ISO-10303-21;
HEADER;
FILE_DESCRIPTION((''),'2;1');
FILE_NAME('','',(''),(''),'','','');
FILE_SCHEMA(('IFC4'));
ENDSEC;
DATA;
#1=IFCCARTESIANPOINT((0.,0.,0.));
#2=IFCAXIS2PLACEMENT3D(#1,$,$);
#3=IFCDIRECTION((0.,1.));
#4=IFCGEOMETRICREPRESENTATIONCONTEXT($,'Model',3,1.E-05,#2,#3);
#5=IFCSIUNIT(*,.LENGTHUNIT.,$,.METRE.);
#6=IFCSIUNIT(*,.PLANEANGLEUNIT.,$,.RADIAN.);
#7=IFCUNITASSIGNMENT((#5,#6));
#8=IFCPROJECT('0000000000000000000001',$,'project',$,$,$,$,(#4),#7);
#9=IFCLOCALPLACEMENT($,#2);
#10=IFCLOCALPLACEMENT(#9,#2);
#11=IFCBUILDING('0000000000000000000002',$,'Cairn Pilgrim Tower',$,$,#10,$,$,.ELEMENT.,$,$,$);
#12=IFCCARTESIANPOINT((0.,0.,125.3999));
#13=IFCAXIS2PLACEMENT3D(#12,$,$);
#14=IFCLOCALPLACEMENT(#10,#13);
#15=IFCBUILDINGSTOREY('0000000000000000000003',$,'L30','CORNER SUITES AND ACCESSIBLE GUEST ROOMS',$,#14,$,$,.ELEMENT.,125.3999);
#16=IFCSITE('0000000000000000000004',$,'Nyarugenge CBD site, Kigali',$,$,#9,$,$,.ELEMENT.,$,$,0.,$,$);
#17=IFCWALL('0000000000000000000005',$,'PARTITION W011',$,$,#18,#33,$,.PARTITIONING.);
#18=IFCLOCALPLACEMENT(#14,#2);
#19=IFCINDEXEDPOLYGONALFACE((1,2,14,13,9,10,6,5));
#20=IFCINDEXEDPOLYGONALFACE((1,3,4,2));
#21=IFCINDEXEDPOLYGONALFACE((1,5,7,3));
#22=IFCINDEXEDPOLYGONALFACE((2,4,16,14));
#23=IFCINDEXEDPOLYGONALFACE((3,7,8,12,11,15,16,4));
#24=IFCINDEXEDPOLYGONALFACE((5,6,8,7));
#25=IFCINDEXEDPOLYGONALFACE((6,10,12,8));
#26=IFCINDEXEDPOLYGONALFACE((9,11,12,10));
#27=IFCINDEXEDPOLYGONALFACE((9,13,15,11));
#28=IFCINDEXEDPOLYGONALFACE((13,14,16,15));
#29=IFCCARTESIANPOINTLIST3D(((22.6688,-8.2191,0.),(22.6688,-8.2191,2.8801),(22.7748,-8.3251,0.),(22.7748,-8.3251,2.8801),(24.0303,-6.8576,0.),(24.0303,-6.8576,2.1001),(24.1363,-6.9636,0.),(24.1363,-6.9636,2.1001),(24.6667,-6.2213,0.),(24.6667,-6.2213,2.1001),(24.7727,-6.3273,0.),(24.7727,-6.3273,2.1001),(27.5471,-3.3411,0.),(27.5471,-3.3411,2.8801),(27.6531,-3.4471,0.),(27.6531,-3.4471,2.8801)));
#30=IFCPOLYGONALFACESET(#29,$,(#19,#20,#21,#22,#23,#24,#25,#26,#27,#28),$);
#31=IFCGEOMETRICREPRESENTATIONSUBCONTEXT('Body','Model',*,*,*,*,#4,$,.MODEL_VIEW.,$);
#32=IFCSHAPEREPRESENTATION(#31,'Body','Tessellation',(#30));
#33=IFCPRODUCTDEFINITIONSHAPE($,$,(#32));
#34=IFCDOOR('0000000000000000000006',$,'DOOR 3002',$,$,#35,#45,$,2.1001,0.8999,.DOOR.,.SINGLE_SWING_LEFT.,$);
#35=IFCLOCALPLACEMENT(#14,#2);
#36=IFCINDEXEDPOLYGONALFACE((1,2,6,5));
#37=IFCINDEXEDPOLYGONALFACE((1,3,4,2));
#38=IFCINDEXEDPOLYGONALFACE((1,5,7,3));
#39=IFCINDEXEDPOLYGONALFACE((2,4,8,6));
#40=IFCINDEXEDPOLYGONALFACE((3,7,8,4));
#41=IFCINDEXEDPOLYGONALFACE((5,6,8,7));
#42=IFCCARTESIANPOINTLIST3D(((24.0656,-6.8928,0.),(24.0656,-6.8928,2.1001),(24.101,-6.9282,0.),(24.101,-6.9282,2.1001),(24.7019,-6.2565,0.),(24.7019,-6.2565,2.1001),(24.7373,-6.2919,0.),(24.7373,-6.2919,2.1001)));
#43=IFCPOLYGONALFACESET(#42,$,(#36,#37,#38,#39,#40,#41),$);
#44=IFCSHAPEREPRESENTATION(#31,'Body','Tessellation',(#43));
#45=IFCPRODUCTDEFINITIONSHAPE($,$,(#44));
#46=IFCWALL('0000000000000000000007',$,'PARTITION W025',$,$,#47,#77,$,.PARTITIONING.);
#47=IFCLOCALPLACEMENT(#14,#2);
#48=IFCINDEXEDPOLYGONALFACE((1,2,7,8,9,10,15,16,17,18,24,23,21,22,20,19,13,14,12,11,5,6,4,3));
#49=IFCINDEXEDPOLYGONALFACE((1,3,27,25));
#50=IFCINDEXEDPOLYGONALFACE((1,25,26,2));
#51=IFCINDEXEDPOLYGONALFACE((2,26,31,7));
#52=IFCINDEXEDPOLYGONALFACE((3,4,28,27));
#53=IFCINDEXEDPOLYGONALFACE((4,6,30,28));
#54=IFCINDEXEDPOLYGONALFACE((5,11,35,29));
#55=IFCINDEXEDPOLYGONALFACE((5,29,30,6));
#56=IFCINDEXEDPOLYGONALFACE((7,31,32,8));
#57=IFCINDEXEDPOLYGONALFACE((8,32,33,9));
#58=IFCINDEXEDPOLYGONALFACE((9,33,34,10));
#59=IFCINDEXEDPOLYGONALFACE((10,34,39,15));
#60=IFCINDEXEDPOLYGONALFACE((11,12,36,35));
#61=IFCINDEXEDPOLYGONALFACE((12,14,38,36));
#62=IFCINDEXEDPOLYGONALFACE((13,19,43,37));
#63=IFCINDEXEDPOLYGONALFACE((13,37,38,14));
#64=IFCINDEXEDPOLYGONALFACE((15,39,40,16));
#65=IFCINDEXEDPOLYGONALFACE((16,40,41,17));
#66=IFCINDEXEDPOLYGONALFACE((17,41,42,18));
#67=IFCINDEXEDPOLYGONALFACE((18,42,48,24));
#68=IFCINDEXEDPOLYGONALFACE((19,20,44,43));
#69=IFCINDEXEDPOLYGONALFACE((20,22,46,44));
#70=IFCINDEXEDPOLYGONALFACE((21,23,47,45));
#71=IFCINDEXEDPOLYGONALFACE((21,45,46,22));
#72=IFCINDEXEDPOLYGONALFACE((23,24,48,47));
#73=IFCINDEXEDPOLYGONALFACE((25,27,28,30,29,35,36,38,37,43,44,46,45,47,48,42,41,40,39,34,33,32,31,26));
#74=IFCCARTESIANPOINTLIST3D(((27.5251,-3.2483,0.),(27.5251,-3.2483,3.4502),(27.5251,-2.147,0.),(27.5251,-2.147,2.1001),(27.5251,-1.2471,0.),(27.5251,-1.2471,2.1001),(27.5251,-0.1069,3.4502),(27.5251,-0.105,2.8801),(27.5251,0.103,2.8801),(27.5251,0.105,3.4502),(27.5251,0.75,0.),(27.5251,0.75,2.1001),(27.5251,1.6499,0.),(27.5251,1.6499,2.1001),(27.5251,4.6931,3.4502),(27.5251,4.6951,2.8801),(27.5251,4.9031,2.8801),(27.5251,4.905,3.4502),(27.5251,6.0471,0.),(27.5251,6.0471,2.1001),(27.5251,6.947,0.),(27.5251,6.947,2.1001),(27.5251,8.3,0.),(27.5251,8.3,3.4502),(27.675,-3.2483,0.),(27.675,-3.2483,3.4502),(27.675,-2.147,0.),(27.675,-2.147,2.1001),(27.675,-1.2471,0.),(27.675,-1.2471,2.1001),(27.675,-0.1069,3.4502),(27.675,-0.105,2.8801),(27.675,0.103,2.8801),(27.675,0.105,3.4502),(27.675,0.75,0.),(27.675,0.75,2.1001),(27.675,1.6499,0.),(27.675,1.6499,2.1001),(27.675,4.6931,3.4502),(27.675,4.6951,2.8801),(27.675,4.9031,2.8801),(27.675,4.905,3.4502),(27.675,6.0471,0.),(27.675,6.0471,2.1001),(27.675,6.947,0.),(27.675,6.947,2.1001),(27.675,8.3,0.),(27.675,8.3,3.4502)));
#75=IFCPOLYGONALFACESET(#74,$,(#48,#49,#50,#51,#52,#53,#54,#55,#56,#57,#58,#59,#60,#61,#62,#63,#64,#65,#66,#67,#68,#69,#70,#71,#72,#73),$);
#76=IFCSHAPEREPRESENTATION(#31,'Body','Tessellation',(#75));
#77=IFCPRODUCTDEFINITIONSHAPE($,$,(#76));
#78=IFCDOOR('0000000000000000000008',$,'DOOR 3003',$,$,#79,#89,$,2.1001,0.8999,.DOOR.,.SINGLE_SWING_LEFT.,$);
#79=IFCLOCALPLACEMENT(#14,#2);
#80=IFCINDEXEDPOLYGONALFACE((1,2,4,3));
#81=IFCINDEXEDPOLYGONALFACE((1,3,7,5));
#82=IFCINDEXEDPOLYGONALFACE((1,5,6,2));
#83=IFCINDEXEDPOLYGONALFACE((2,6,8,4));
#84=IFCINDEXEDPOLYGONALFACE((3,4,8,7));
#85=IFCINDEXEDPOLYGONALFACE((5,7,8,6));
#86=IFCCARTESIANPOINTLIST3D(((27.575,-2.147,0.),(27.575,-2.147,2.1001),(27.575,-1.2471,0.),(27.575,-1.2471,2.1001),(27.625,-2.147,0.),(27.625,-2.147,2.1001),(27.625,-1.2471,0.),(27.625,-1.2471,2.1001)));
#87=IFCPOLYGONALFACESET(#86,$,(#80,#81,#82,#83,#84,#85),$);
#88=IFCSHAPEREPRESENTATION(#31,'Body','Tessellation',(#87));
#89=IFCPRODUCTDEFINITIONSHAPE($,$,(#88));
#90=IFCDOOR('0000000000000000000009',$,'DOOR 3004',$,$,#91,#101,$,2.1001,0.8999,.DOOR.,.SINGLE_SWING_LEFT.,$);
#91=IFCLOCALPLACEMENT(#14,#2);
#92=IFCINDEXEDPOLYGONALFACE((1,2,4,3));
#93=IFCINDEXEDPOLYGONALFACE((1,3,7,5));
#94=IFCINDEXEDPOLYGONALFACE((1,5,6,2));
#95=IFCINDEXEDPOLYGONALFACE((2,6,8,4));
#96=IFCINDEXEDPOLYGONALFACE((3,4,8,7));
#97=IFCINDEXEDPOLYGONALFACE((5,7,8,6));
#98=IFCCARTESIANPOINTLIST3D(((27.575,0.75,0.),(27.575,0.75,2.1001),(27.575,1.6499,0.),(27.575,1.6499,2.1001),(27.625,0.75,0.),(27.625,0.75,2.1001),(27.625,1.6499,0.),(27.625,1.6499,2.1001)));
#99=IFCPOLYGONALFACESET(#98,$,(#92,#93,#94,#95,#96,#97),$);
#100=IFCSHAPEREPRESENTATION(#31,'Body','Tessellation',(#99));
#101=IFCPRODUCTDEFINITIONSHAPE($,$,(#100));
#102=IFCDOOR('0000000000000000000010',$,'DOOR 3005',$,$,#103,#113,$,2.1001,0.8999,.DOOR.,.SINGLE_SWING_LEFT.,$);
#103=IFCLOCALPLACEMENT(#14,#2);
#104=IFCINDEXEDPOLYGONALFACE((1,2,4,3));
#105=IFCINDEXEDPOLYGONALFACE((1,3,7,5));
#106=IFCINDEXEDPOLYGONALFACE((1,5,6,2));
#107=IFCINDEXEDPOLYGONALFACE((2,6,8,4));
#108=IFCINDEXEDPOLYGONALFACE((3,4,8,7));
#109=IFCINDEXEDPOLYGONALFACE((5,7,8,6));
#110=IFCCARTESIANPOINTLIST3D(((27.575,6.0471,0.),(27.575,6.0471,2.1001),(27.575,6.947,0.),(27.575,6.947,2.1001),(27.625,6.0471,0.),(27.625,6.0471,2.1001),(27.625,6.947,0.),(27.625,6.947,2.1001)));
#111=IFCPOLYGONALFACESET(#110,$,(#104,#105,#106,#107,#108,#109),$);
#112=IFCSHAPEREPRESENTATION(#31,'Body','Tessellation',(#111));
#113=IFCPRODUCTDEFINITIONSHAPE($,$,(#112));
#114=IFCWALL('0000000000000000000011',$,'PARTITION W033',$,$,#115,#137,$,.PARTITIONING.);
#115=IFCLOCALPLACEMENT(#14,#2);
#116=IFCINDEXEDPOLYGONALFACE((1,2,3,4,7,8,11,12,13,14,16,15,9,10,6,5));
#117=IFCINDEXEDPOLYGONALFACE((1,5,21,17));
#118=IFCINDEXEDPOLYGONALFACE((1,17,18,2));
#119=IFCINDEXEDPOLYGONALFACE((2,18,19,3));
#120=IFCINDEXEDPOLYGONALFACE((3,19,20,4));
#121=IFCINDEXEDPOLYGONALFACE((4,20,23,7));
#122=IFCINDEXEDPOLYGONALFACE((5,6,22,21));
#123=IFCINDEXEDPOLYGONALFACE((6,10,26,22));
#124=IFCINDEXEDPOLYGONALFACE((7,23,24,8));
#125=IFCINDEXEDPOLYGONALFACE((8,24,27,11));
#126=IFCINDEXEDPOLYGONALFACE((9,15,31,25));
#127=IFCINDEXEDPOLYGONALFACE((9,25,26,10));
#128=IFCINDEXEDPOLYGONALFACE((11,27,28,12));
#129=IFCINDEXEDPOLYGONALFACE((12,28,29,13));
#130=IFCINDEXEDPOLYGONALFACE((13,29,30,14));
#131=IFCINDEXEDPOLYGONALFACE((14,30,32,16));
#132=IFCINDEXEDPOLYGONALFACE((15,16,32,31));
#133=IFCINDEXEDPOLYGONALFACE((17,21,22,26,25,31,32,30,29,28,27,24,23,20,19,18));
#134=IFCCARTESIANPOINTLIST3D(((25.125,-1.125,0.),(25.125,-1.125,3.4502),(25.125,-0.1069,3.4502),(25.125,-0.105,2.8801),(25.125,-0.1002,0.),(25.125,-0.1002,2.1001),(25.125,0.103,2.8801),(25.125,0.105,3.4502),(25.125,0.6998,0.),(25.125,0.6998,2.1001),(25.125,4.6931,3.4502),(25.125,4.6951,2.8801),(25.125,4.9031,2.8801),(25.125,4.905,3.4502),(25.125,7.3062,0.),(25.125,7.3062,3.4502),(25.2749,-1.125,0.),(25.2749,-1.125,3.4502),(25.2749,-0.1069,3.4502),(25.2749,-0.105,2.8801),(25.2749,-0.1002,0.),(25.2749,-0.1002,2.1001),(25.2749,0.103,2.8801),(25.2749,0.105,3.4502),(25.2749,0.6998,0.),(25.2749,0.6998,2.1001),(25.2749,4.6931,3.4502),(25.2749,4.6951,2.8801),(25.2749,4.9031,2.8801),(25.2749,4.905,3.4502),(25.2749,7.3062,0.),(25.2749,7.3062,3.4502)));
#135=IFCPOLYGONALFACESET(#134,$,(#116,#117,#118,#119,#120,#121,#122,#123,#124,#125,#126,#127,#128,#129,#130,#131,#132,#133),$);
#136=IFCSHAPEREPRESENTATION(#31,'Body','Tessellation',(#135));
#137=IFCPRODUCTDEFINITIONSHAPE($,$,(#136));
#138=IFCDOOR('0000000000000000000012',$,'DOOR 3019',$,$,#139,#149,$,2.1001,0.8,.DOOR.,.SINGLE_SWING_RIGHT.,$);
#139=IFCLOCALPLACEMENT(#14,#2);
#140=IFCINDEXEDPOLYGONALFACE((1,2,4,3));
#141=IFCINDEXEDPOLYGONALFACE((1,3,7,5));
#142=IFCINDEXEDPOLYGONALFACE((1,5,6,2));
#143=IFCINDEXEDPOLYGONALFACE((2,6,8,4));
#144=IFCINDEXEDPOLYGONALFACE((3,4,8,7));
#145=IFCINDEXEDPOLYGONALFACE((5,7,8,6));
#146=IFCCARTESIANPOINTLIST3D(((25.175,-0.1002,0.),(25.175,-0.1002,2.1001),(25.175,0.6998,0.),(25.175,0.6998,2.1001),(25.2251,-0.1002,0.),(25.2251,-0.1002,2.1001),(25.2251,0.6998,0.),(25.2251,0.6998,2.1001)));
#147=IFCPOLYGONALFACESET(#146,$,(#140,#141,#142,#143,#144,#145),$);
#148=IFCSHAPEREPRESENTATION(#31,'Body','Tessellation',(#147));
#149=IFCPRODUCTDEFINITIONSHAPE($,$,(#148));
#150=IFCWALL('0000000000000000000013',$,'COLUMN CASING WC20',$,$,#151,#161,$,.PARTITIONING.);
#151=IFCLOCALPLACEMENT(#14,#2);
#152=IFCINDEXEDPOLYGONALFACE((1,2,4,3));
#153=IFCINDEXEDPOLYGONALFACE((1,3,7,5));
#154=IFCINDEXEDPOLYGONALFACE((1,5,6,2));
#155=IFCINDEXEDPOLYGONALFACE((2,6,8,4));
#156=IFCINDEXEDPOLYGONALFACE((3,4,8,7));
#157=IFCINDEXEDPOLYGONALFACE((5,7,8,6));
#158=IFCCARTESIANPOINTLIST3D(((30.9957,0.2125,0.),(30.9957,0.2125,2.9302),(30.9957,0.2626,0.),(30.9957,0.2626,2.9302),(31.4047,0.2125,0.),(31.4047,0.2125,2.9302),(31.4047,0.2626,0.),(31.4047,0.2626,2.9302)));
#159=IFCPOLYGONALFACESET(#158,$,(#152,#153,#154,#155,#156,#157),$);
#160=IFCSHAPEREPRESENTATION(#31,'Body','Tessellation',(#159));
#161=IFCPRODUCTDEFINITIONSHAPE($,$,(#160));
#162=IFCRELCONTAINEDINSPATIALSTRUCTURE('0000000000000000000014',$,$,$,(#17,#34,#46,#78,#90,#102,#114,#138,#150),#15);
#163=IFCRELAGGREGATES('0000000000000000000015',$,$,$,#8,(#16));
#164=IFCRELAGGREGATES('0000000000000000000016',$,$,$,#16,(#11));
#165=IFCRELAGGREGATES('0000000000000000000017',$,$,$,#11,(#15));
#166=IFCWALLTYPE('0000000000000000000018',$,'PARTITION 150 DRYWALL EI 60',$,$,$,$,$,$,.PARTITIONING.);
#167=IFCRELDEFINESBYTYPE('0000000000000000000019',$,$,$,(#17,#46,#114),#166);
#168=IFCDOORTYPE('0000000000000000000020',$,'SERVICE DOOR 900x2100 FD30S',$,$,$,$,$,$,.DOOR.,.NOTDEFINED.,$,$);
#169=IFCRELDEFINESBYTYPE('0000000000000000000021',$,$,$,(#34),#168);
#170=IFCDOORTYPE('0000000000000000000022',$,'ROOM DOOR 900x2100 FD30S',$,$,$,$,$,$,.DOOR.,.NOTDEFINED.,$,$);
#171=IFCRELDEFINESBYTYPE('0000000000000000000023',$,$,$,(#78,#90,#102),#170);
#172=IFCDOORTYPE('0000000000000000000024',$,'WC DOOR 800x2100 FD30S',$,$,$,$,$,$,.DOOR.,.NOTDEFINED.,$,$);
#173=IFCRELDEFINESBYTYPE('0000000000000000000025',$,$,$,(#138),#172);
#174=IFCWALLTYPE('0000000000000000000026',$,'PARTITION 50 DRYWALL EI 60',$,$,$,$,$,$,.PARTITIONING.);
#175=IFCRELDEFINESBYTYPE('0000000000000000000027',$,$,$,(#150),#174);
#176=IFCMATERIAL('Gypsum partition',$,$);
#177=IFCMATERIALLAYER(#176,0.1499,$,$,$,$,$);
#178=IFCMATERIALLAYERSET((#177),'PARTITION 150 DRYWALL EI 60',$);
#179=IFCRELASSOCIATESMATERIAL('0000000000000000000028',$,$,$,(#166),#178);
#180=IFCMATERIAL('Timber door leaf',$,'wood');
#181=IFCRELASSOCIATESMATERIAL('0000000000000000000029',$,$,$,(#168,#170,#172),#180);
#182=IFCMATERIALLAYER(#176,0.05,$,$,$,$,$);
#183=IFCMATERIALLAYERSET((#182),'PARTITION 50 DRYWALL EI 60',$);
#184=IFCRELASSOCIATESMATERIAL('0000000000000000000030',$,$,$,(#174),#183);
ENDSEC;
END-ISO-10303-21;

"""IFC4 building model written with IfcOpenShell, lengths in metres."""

from ifc_helpers import new_model, si_unit, direction, frame, frame_2d, origin, place, context, subcontext, project, spatial, polyline, rectangle, outline, extrude, material, layer, layer_set, type_object, element, fill, save


model = new_model("IFC4")

# Units and contexts
model_context = context("Model", 3, precision=1e-05, world=origin(), true_north=direction((0.0, 1.0)))
body_context = subcontext(model_context, "Body", "Model", "MODEL_VIEW")
ifc_project = project(units=[si_unit("LENGTHUNIT", "METRE"), si_unit("PLANEANGLEUNIT", "RADIAN")], contexts=[model_context])

# Site, building, storey
site_placement = place(None, origin())
site = spatial("IfcSite", under=ifc_project, at=site_placement, Name="Nyarugenge CBD site, Kigali", CompositionType="ELEMENT", RefElevation=0.0)
building_placement = place(site_placement, origin())
building = spatial("IfcBuilding", under=site, at=building_placement, Name="Cairn Pilgrim Tower", CompositionType="ELEMENT")
storey_placement = place(building_placement, frame((0.0, 0.0, 125.3999)))
storey = spatial("IfcBuildingStorey", under=building, at=storey_placement, Name="L30", Description="CORNER SUITES AND ACCESSIBLE GUEST ROOMS", CompositionType="ELEMENT", Elevation=125.3999)

# Shared definitions
ifc_material_1 = material(Name="Gypsum partition")
ifc_material_2 = material(Name="Timber door leaf", Category="wood")

# Wall, opening, door
ifc_layer_1 = layer(ifc_material_1, 0.1499)
ifc_layer_set_1 = layer_set([ifc_layer_1], Name="PARTITION 150 DRYWALL EI 60")
wall_type_1 = type_object("IfcWallType", Name="PARTITION 150 DRYWALL EI 60", PredefinedType="PARTITIONING", material=ifc_layer_set_1)
wall_1_placement = place(storey_placement, frame((22.7219, -8.272, 0.0), z_axis=(0.0, 0.0, 1.0), x_axis=(0.707124, 0.707089, 0.0)))
wall_1 = element("IfcWall", 1, at=wall_1_placement, inside=storey, type_object=wall_type_1, Name="PARTITION W011", PredefinedType="PARTITIONING", context=body_context, shape_type="SweptSolid", body=[
    extrude(rectangle(XDim=6.8987, YDim=0.1499, at=frame_2d((3.4492, 0.0))), origin(), (0.0, 0.0, 1.0), 2.8801),
])
opening_1_placement = place(wall_1_placement, frame((1.9253, 0.0, 0.0)))
opening_1 = element("IfcOpeningElement", 2, at=opening_1_placement, cuts=wall_1, PredefinedType="OPENING", context=body_context, shape_type="SweptSolid", body=[
    extrude(rectangle(XDim=0.8999, YDim=2.1001, at=frame_2d((0.45, 1.05))), frame((0.0, 0.085, 0.0), z_axis=(0.0, -1.0, 0.0), x_axis=(1.0, 0.0, 0.0)), (0.0, 0.0, 1.0), 0.1699),
])
door_type_1 = type_object("IfcDoorType", Name="SERVICE DOOR 900x2100 FD30S", OperationType="NOTDEFINED", PredefinedType="DOOR", material=ifc_material_2)
door_1_placement = place(opening_1_placement, frame((0.8999, 0.0, 0.0), z_axis=(0.0, 0.0, 1.0), x_axis=(-1.0, 0.0, 0.0)))
door_1 = element("IfcDoor", 3, at=door_1_placement, inside=storey, type_object=door_type_1, Name="DOOR 3002", OperationType="SINGLE_SWING_LEFT", OverallHeight=2.1001, OverallWidth=0.8999, PredefinedType="DOOR", context=body_context, shape_type="SweptSolid", body=[
    extrude(rectangle(XDim=0.8999, YDim=2.1001, at=frame_2d((0.45, 1.05))), frame((0.0, 0.0249, 0.0), z_axis=(0.0, -1.0, 0.0), x_axis=(1.0, 0.0, 0.0)), (0.0, 0.0, 1.0), 0.05),
])
fill(opening_1, door_1)

# Wall, openings, doors
wall_2_placement = place(storey_placement, frame((27.6001, -3.2483, 0.0), z_axis=(0.0, 0.0, 1.0), x_axis=(0.0, 1.0, 0.0)))
wall_2 = element("IfcWall", 4, at=wall_2_placement, inside=storey, type_object=wall_type_1, Name="PARTITION W025", PredefinedType="PARTITIONING", context=body_context, shape_type="SweptSolid", body=[
    extrude(outline(polyline([(0.0, 0.0), (11.5483, 0.0), (11.5483, 3.4502), (8.1533, 3.4502), (8.1514, 2.8801), (7.9434, 2.8801), (7.9414, 3.4502), (3.3533, 3.4502), (3.3513, 2.8801), (3.1433, 2.8801), (3.1414, 3.4502), (0.0, 3.4502), (0.0, 0.0)])), frame((0.0, 0.075, 0.0), z_axis=(0.0, -1.0, 0.0), x_axis=(1.0, 0.0, 0.0)), (0.0, 0.0, 1.0), 0.1499),
])
opening_2_placement = place(wall_2_placement, frame((1.1013, 0.0, 0.0)))
opening_2 = element("IfcOpeningElement", 5, at=opening_2_placement, cuts=wall_2, PredefinedType="OPENING", context=body_context, shape_type="SweptSolid", body=[
    extrude(rectangle(XDim=0.8999, YDim=2.1001, at=frame_2d((0.45, 1.05))), frame((0.0, 0.085, 0.0), z_axis=(0.0, -1.0, 0.0), x_axis=(1.0, 0.0, 0.0)), (0.0, 0.0, 1.0), 0.1699),
])
opening_3_placement = place(wall_2_placement, frame((3.9983, 0.0, 0.0)))
opening_3 = element("IfcOpeningElement", 6, at=opening_3_placement, cuts=wall_2, PredefinedType="OPENING", context=body_context, shape_type="SweptSolid", body=[
    extrude(rectangle(XDim=0.8999, YDim=2.1001, at=frame_2d((0.45, 1.05))), frame((0.0, 0.085, 0.0), z_axis=(0.0, -1.0, 0.0), x_axis=(1.0, 0.0, 0.0)), (0.0, 0.0, 1.0), 0.1699),
])
opening_4_placement = place(wall_2_placement, frame((9.2954, 0.0, 0.0)))
opening_4 = element("IfcOpeningElement", 7, at=opening_4_placement, cuts=wall_2, PredefinedType="OPENING", context=body_context, shape_type="SweptSolid", body=[
    extrude(rectangle(XDim=0.8999, YDim=2.1001, at=frame_2d((0.45, 1.05))), frame((0.0, 0.085, 0.0), z_axis=(0.0, -1.0, 0.0), x_axis=(1.0, 0.0, 0.0)), (0.0, 0.0, 1.0), 0.1699),
])
door_type_2 = type_object("IfcDoorType", Name="ROOM DOOR 900x2100 FD30S", OperationType="NOTDEFINED", PredefinedType="DOOR", material=ifc_material_2)
door_2_placement = place(opening_2_placement, frame((0.8999, 0.0, 0.0), z_axis=(0.0, 0.0, 1.0), x_axis=(-1.0, 0.0, 0.0)))
door_2 = element("IfcDoor", 8, at=door_2_placement, inside=storey, type_object=door_type_2, Name="DOOR 3003", OperationType="SINGLE_SWING_LEFT", OverallHeight=2.1001, OverallWidth=0.8999, PredefinedType="DOOR", context=body_context, shape_type="SweptSolid", body=[
    extrude(rectangle(XDim=0.8999, YDim=2.1001, at=frame_2d((0.45, 1.05))), frame((0.0, 0.0249, 0.0), z_axis=(0.0, -1.0, 0.0), x_axis=(1.0, 0.0, 0.0)), (0.0, 0.0, 1.0), 0.05),
])
fill(opening_2, door_2)
door_3_placement = place(opening_3_placement, frame((0.8999, 0.0, 0.0), z_axis=(0.0, 0.0, 1.0), x_axis=(-1.0, 0.0, 0.0)))
door_3 = element("IfcDoor", 9, at=door_3_placement, inside=storey, type_object=door_type_2, Name="DOOR 3004", OperationType="SINGLE_SWING_LEFT", OverallHeight=2.1001, OverallWidth=0.8999, PredefinedType="DOOR", context=body_context, shape_type="SweptSolid", body=[
    extrude(rectangle(XDim=0.8999, YDim=2.1001, at=frame_2d((0.45, 1.05))), frame((0.0, 0.0249, 0.0), z_axis=(0.0, -1.0, 0.0), x_axis=(1.0, 0.0, 0.0)), (0.0, 0.0, 1.0), 0.05),
])
fill(opening_3, door_3)
door_4_placement = place(opening_4_placement, frame((0.8999, 0.0, 0.0), z_axis=(0.0, 0.0, 1.0), x_axis=(-1.0, 0.0, 0.0)))
door_4 = element("IfcDoor", 10, at=door_4_placement, inside=storey, type_object=door_type_2, Name="DOOR 3005", OperationType="SINGLE_SWING_LEFT", OverallHeight=2.1001, OverallWidth=0.8999, PredefinedType="DOOR", context=body_context, shape_type="SweptSolid", body=[
    extrude(rectangle(XDim=0.8999, YDim=2.1001, at=frame_2d((0.45, 1.05))), frame((0.0, 0.0249, 0.0), z_axis=(0.0, -1.0, 0.0), x_axis=(1.0, 0.0, 0.0)), (0.0, 0.0, 1.0), 0.05),
])
fill(opening_4, door_4)

# Wall, opening, door
wall_3_placement = place(storey_placement, frame((25.2, -1.125, 0.0), z_axis=(0.0, 0.0, 1.0), x_axis=(0.0, 1.0, 0.0)))
wall_3 = element("IfcWall", 11, at=wall_3_placement, inside=storey, type_object=wall_type_1, Name="PARTITION W033", PredefinedType="PARTITIONING", context=body_context, shape_type="SweptSolid", body=[
    extrude(outline(polyline([(0.0, 0.0), (8.4312, 0.0), (8.4312, 3.4502), (6.03, 3.4502), (6.0281, 2.8801), (5.8201, 2.8801), (5.8181, 3.4502), (1.23, 3.4502), (1.228, 2.8801), (1.02, 2.8801), (1.0181, 3.4502), (0.0, 3.4502), (0.0, 0.0)])), frame((0.0, 0.075, 0.0), z_axis=(0.0, -1.0, 0.0), x_axis=(1.0, 0.0, 0.0)), (0.0, 0.0, 1.0), 0.1499),
])
opening_5_placement = place(wall_3_placement, frame((1.0249, 0.0, 0.0)))
opening_5 = element("IfcOpeningElement", 12, at=opening_5_placement, cuts=wall_3, PredefinedType="OPENING", context=body_context, shape_type="SweptSolid", body=[
    extrude(rectangle(XDim=0.8, YDim=2.1001, at=frame_2d((0.3999, 1.05))), frame((0.0, 0.085, 0.0), z_axis=(0.0, -1.0, 0.0), x_axis=(1.0, 0.0, 0.0)), (0.0, 0.0, 1.0), 0.1699),
])
door_type_3 = type_object("IfcDoorType", Name="WC DOOR 800x2100 FD30S", OperationType="NOTDEFINED", PredefinedType="DOOR", material=ifc_material_2)
door_5_placement = place(opening_5_placement, origin())
door_5 = element("IfcDoor", 13, at=door_5_placement, inside=storey, type_object=door_type_3, Name="DOOR 3019", OperationType="SINGLE_SWING_RIGHT", OverallHeight=2.1001, OverallWidth=0.8, PredefinedType="DOOR", context=body_context, shape_type="SweptSolid", body=[
    extrude(rectangle(XDim=0.8, YDim=2.1001, at=frame_2d((0.3999, 1.05))), frame((0.0, 0.0249, 0.0), z_axis=(0.0, -1.0, 0.0), x_axis=(1.0, 0.0, 0.0)), (0.0, 0.0, 1.0), 0.05),
])
fill(opening_5, door_5)

# Wall
ifc_layer_2 = layer(ifc_material_1, 0.05)
ifc_layer_set_2 = layer_set([ifc_layer_2], Name="PARTITION 50 DRYWALL EI 60")
wall_type_2 = type_object("IfcWallType", Name="PARTITION 50 DRYWALL EI 60", PredefinedType="PARTITIONING", material=ifc_layer_set_2)
wall_4_placement = place(storey_placement, frame((30.9956, 0.2375, 0.0), z_axis=(0.0, 0.0, 1.0), x_axis=(1.0, 0.0, 0.0)))
element("IfcWall", 14, at=wall_4_placement, inside=storey, type_object=wall_type_2, Name="COLUMN CASING WC20", PredefinedType="PARTITIONING", context=body_context, shape_type="SweptSolid", body=[
    extrude(rectangle(XDim=0.4089, YDim=0.05, at=frame_2d((0.2046, 0.0))), origin(), (0.0, 0.0, 1.0), 2.9302),
])

save(model, "model.ifc")
